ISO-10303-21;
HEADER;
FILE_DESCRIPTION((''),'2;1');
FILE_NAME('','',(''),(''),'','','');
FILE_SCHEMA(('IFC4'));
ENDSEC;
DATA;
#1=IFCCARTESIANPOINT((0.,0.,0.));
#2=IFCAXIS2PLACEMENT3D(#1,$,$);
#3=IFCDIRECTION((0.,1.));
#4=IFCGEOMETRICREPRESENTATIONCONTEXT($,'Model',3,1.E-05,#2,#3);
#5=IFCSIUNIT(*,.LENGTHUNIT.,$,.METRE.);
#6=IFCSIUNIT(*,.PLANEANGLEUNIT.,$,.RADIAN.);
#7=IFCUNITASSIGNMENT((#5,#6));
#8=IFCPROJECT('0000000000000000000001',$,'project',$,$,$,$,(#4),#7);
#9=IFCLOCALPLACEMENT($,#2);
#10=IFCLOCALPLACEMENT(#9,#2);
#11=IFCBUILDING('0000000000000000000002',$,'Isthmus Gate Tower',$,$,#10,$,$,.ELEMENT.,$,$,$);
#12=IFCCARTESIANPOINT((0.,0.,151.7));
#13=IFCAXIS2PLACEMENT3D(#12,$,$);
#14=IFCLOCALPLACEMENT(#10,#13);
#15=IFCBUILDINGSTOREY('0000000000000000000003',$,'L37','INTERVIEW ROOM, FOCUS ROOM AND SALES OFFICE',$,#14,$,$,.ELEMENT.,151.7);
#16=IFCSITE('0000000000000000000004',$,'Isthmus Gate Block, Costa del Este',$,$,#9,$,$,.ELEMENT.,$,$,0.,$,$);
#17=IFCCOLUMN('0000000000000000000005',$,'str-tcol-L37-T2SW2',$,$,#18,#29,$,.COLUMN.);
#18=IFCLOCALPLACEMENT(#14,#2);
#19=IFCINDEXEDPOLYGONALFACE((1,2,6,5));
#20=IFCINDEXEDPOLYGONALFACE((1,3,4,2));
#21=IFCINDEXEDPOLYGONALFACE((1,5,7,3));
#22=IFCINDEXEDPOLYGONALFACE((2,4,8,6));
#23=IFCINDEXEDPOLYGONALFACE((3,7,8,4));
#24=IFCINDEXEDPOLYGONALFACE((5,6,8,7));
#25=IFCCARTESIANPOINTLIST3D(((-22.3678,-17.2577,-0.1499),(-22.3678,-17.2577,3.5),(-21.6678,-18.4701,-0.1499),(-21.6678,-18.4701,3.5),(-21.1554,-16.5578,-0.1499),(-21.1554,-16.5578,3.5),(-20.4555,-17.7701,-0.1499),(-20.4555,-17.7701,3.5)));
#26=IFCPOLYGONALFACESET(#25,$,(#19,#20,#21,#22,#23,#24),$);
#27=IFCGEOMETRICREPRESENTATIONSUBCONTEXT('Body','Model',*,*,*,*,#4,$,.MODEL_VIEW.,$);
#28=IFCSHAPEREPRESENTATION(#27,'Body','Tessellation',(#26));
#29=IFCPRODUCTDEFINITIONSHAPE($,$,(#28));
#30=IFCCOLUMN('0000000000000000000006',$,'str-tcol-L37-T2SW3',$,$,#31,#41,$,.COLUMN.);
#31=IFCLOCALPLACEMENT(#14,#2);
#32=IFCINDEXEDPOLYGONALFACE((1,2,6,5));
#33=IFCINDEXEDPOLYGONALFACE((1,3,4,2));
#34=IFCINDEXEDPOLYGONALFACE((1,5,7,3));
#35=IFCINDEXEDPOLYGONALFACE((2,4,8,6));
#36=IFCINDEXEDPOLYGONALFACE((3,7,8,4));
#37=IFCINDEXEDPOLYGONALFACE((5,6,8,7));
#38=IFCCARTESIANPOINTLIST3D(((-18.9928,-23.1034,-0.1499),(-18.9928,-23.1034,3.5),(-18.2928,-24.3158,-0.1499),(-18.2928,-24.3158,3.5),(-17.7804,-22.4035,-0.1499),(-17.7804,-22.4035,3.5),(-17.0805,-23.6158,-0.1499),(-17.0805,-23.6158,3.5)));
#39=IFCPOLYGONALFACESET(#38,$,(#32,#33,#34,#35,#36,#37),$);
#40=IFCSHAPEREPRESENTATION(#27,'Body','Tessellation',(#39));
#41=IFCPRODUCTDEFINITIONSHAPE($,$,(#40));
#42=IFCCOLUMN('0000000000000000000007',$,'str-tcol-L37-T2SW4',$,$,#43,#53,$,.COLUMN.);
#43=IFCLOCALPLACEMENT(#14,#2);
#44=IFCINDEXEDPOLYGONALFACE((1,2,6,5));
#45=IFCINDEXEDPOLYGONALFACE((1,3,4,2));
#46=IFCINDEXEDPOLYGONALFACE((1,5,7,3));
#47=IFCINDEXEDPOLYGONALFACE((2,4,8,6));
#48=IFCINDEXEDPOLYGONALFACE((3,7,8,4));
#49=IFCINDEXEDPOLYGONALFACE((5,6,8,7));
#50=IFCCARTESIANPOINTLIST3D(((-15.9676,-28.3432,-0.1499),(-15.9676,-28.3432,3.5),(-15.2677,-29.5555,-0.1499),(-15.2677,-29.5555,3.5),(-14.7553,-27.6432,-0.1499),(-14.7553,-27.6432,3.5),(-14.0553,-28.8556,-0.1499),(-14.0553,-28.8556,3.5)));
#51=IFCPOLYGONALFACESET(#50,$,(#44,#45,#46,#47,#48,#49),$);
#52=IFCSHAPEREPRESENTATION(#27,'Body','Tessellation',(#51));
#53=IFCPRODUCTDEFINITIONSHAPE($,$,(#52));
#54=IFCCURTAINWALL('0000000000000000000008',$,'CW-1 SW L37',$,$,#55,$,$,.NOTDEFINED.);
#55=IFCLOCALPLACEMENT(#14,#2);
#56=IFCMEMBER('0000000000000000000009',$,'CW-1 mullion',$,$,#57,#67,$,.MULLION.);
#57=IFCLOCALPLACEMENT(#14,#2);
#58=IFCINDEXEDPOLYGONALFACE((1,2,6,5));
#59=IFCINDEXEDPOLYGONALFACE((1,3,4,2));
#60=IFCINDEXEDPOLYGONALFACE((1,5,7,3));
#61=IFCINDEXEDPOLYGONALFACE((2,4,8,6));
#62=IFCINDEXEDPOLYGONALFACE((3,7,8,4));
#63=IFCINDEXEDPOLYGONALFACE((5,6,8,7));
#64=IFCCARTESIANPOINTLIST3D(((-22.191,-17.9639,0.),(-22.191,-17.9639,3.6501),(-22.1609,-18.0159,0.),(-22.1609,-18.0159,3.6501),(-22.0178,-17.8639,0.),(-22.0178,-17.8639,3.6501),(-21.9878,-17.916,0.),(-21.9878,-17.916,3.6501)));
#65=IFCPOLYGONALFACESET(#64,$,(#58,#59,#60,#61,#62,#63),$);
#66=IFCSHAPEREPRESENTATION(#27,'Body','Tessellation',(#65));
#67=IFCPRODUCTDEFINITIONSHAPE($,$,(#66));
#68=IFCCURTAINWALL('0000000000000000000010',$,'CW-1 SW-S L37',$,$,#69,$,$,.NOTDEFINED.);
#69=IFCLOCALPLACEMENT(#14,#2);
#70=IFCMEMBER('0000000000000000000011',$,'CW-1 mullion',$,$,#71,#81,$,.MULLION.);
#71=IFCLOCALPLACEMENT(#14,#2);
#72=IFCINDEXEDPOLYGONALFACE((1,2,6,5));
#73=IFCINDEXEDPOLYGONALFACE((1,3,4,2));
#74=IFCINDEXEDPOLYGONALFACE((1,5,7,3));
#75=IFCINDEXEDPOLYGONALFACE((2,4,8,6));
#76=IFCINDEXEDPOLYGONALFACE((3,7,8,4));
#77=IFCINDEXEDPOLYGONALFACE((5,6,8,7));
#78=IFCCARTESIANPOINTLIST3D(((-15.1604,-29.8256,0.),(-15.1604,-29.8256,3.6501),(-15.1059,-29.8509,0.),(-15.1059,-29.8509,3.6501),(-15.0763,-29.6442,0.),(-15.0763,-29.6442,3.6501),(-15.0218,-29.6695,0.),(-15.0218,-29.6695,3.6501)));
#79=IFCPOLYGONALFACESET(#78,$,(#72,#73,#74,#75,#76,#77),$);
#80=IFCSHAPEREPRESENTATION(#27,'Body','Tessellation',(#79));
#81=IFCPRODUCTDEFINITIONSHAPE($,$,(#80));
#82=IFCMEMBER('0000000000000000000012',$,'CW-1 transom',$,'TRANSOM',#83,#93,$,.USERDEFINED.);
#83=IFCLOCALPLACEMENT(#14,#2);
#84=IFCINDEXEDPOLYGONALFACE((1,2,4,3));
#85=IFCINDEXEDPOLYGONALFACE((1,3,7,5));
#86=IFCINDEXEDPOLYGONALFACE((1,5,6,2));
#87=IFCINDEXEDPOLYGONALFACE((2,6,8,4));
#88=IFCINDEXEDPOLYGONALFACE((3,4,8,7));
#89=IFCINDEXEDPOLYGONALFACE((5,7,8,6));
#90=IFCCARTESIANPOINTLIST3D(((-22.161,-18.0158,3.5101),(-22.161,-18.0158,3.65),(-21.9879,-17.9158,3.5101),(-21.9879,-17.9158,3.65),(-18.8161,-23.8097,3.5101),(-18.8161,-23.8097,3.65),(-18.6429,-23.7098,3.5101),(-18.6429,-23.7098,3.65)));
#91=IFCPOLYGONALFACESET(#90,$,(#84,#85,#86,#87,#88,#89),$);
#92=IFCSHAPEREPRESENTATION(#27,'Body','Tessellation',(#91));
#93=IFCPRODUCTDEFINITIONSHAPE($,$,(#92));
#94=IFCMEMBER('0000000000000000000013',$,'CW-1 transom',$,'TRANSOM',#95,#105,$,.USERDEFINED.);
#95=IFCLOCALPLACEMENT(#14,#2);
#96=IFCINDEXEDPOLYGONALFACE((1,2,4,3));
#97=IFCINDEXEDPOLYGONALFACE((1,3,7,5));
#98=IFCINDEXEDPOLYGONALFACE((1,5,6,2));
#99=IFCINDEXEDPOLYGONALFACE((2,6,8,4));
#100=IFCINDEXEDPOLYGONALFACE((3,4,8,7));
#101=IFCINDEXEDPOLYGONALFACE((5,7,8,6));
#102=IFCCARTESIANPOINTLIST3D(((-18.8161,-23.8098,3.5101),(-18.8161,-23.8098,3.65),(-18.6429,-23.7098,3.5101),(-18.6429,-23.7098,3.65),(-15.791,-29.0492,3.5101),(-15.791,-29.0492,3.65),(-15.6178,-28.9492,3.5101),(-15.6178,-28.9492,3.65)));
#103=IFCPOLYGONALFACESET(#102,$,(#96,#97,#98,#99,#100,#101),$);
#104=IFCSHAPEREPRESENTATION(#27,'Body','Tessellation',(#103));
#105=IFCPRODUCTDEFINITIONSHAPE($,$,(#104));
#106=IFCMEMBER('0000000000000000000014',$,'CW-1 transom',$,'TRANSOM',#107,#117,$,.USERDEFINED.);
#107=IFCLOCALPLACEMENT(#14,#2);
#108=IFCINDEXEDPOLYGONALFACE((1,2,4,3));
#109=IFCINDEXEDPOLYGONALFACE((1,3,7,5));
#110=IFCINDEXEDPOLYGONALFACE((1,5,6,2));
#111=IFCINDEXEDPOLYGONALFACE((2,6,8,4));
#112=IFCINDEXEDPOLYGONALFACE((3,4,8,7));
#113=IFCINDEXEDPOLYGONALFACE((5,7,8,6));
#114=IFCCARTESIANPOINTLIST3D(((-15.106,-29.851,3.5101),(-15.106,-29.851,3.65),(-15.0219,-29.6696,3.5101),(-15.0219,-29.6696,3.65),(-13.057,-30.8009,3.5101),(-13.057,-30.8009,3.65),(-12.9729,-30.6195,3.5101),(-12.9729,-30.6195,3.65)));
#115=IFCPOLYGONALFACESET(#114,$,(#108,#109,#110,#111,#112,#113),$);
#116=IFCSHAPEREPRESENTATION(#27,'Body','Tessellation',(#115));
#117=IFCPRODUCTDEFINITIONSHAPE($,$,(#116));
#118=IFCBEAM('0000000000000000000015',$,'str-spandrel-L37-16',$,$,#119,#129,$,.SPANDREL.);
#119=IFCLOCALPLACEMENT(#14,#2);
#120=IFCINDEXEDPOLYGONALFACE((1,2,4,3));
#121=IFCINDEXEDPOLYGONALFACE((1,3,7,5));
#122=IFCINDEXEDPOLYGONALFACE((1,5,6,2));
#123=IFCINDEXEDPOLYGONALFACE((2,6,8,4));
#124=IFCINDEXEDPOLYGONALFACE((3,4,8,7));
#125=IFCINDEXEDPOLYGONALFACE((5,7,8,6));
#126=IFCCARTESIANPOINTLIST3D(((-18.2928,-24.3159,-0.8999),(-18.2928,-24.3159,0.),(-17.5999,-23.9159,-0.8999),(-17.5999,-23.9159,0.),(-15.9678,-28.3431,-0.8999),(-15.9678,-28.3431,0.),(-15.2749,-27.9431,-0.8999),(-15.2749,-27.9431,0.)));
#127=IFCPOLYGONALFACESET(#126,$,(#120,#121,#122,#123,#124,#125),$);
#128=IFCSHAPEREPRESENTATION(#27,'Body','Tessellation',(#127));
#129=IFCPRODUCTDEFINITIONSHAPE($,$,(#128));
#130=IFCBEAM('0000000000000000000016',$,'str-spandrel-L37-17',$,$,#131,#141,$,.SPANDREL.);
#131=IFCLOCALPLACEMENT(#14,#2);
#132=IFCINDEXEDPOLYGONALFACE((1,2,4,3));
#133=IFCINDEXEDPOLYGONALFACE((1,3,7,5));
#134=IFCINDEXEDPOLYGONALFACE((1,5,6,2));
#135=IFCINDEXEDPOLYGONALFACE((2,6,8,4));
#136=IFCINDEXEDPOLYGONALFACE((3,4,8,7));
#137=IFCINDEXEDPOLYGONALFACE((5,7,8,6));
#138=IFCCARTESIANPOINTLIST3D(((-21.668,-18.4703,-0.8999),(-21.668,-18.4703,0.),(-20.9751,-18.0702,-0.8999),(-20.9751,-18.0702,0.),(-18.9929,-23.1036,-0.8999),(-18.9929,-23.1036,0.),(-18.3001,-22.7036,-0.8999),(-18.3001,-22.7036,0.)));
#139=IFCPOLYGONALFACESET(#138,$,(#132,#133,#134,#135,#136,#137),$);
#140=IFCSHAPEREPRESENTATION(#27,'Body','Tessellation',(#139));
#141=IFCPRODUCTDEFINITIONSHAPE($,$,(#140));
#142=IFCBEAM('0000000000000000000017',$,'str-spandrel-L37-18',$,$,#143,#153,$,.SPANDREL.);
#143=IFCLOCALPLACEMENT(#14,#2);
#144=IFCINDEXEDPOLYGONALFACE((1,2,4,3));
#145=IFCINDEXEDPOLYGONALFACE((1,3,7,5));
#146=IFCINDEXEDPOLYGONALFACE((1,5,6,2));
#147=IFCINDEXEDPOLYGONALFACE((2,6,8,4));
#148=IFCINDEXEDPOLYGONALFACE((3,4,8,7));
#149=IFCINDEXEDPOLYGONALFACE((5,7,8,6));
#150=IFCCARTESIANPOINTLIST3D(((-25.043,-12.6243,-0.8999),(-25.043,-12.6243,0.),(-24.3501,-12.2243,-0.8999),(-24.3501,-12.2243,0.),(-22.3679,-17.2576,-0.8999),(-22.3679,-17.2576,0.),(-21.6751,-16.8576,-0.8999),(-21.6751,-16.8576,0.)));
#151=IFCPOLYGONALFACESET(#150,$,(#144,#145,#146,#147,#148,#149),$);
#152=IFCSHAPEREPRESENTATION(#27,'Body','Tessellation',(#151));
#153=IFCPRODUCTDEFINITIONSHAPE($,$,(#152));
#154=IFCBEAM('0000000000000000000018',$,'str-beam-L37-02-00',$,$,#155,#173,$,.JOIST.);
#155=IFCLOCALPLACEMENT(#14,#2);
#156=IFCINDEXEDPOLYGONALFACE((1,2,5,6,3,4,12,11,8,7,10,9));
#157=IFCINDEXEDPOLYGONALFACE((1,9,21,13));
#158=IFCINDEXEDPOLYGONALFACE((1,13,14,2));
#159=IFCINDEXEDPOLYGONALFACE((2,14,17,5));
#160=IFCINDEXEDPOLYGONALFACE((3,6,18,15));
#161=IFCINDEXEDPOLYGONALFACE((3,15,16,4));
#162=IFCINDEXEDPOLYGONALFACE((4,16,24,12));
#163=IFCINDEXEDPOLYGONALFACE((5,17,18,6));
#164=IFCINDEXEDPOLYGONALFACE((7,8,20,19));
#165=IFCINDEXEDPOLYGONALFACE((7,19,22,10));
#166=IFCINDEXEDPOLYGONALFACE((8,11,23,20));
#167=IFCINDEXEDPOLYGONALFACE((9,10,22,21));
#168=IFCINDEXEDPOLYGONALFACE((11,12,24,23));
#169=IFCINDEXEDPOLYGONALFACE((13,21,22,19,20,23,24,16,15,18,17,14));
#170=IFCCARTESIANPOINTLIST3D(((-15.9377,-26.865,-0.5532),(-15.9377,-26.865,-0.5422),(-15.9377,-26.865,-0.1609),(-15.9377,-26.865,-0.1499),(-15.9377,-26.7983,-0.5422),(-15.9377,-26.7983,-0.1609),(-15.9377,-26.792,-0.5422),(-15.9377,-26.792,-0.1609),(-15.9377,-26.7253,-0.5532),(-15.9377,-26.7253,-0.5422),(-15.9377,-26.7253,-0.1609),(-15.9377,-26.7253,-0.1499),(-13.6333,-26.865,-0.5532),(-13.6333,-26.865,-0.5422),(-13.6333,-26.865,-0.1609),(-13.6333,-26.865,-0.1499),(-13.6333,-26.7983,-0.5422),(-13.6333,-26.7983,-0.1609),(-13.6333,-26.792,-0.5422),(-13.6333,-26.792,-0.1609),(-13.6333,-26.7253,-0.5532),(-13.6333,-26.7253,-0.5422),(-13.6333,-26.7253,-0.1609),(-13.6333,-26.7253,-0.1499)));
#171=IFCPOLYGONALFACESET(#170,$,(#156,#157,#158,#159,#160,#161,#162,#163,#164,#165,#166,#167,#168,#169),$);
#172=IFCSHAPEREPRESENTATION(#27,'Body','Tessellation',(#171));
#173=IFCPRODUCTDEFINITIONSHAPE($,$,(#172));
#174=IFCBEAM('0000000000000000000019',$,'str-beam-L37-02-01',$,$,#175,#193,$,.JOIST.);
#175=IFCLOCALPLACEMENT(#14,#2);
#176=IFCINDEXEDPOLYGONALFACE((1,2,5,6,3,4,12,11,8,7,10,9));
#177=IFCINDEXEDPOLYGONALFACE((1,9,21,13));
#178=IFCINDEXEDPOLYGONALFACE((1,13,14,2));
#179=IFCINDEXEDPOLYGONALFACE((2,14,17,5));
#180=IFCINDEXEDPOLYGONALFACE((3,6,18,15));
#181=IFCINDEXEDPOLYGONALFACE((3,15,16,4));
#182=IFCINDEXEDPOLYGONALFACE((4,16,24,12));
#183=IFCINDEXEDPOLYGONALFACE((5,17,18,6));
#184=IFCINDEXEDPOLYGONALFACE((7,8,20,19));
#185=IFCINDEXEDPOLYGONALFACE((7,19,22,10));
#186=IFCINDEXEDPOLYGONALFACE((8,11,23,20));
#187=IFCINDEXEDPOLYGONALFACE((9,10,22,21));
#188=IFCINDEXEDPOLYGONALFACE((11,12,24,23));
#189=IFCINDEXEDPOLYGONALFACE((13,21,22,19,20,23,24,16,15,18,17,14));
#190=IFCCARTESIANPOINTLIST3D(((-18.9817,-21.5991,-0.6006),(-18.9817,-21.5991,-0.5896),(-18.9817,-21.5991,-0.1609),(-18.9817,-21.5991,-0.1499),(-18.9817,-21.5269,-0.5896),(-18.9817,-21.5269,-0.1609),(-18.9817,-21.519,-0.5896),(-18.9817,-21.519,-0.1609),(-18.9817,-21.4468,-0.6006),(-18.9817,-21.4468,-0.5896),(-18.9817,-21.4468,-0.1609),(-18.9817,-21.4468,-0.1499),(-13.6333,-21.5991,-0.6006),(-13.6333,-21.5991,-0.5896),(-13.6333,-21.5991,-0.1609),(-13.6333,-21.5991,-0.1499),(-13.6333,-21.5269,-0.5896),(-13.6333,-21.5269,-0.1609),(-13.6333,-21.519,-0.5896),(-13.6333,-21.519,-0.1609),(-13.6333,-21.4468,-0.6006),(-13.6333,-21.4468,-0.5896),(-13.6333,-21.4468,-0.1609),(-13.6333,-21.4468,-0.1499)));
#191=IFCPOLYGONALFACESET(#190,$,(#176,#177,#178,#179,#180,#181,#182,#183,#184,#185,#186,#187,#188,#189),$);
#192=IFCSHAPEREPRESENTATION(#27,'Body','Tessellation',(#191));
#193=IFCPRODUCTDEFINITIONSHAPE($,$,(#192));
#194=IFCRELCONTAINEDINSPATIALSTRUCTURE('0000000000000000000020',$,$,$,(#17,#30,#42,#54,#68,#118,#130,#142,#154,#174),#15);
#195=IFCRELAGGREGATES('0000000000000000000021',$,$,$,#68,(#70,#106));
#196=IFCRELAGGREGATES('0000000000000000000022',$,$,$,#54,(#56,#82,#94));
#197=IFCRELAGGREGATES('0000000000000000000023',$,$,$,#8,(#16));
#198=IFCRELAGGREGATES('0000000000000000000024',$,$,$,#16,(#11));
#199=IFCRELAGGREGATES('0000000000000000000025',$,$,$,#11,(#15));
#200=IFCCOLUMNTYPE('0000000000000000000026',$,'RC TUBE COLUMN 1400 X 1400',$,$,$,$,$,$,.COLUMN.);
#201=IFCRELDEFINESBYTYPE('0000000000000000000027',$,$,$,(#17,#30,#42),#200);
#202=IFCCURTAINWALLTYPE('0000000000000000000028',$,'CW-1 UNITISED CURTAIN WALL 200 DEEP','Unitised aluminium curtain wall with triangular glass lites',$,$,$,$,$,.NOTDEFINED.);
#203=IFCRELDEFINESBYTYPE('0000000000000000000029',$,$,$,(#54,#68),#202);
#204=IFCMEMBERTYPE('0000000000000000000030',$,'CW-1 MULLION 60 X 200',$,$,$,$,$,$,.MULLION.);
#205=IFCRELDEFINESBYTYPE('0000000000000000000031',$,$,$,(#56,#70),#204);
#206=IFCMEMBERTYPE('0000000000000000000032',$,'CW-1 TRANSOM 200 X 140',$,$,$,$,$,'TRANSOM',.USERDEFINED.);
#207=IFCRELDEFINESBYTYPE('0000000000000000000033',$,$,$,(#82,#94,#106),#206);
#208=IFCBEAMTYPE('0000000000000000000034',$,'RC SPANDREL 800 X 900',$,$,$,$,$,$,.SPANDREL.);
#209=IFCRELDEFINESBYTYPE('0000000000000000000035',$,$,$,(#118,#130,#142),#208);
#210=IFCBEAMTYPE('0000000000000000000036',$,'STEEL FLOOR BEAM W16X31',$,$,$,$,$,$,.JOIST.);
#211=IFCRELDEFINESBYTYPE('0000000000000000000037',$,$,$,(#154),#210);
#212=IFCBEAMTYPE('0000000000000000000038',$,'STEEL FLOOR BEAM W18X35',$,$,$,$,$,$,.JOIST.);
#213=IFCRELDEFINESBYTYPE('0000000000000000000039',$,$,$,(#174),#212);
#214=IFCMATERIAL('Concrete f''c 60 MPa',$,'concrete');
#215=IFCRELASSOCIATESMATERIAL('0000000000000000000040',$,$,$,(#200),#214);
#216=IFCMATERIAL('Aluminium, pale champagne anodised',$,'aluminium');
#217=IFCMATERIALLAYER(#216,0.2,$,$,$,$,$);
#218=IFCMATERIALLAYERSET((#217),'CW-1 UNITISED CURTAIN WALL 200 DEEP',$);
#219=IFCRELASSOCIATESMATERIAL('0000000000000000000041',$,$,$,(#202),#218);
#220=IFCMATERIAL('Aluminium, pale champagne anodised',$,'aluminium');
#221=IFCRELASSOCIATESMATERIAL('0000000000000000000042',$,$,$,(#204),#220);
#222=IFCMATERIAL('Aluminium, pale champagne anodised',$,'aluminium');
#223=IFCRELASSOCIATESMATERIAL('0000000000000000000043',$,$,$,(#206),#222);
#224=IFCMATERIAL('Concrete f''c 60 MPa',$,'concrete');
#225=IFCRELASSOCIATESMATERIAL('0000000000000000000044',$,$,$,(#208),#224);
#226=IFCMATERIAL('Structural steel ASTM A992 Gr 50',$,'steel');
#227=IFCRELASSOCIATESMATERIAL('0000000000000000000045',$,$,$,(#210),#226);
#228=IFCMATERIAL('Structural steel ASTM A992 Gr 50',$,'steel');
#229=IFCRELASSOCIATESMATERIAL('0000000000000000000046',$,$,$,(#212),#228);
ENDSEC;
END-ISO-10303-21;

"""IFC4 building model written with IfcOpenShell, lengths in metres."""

from ifc_helpers import new_model, si_unit, direction, frame, origin, origin_2d, place, context, subcontext, project, spatial, rectangle, i_section, extrude, material, layer, layer_set, material_profile, profile_set, type_object, element, aggregate, save


model = new_model("IFC4")

# Units and contexts
model_context = context("Model", 3, precision=1e-05, world=origin(), true_north=direction((0.0, 1.0)))
body_context = subcontext(model_context, "Body", "Model", "MODEL_VIEW")
ifc_project = project(units=[si_unit("LENGTHUNIT", "METRE"), si_unit("PLANEANGLEUNIT", "RADIAN")], contexts=[model_context])

# Site, building, storey
site_placement = place(None, origin())
site = spatial("IfcSite", under=ifc_project, at=site_placement, Name="Isthmus Gate Block, Costa del Este", CompositionType="ELEMENT", RefElevation=0.0)
building_placement = place(site_placement, origin())
building = spatial("IfcBuilding", under=site, at=building_placement, Name="Isthmus Gate Tower", CompositionType="ELEMENT")
storey_placement = place(building_placement, frame((0.0, 0.0, 151.7)))
storey = spatial("IfcBuildingStorey", under=building, at=storey_placement, Name="L37", Description="INTERVIEW ROOM, FOCUS ROOM AND SALES OFFICE", CompositionType="ELEMENT", Elevation=151.7)

# Columns
ifc_material_1 = material(Name="Concrete f'c 60 MPa", Category="concrete")
ifc_material_profile_1 = material_profile(ifc_material_1, rectangle(XDim=1.3999, YDim=1.3999, at=origin_2d()), Name="RC 1400X1400")
ifc_profile_set_1 = profile_set([ifc_material_profile_1], Name="Concrete f'c 60 MPa")
column_type = type_object("IfcColumnType", Name="RC TUBE COLUMN 1400 X 1400", PredefinedType="COLUMN", material=ifc_profile_set_1)
for number, where, z_axis, x_axis, name in (
    (1, (-21.4116, -17.5139, -0.1499), (0.0, 0.0, 1.0), (0.5, -0.866025, 0.0), "str-tcol-L37-T2SW2"),
    (2, (-18.0366, -23.3596, -0.1499), (0.0, 0.0, 1.0), (0.5, -0.866025, 0.0), "str-tcol-L37-T2SW3"),
    (3, (-15.0115, -28.5994, -0.1499), (0.0, 0.0, 1.0), (0.5, -0.866025, 0.0), "str-tcol-L37-T2SW4"),
):
    element("IfcColumn", number, at=place(storey_placement, frame(where, z_axis=z_axis, x_axis=x_axis)), inside=storey, type_object=column_type, Name=name, PredefinedType="COLUMN", context=body_context, shape_type="SweptSolid", body=[
        extrude(rectangle(XDim=1.3999, YDim=1.3999, at=origin_2d()), origin(), (0.0, 0.0, 1.0), 3.6499),
    ])

# Curtain walls, members
ifc_material_2 = material(Name="Aluminium, pale champagne anodised", Category="aluminium")
ifc_layer_1 = layer(ifc_material_2, 0.2)
ifc_layer_set_1 = layer_set([ifc_layer_1], Name="CW-1 UNITISED CURTAIN WALL 200 DEEP")
curtain_wall_type = type_object("IfcCurtainWallType", Name="CW-1 UNITISED CURTAIN WALL 200 DEEP", Description="Unitised aluminium curtain wall with triangular glass lites", PredefinedType="NOTDEFINED", material=ifc_layer_set_1)
curtain_wall_1_placement = place(storey_placement, origin())
curtain_wall_1 = element("IfcCurtainWall", 4, at=curtain_wall_1_placement, inside=storey, type_object=curtain_wall_type, Name="CW-1 SW L37", PredefinedType="NOTDEFINED")
ifc_material_3 = material(Name="Aluminium, pale champagne anodised", Category="aluminium")
ifc_material_profile_2 = material_profile(ifc_material_3, rectangle(XDim=0.0601, YDim=0.2, at=origin_2d()), Name="60x200")
ifc_profile_set_2 = profile_set([ifc_material_profile_2], Name="Aluminium, pale champagne anodised")
member_type_1 = type_object("IfcMemberType", Name="CW-1 MULLION 60 X 200", PredefinedType="MULLION", material=ifc_profile_set_2)
member_1_placement = place(storey_placement, frame((-22.0894, -17.9399, 0.0), z_axis=(0.0, 0.0, 1.0), x_axis=(0.5, -0.866025, 0.0)))
member_1 = element("IfcMember", 5, at=member_1_placement, type_object=member_type_1, Name="CW-1 mullion", PredefinedType="MULLION", context=body_context, shape_type="SweptSolid", body=[
    extrude(rectangle(XDim=0.0601, YDim=0.2, at=origin_2d()), origin(), (0.0, 0.0, 1.0), 3.6501),
])
curtain_wall_2_placement = place(storey_placement, origin())
curtain_wall_2 = element("IfcCurtainWall", 6, at=curtain_wall_2_placement, inside=storey, type_object=curtain_wall_type, Name="CW-1 SW-S L37", PredefinedType="NOTDEFINED")
member_2_placement = place(storey_placement, frame((-15.0911, -29.7476, 0.0), z_axis=(0.0, 0.0, 1.0), x_axis=(0.907256, -0.420578, 0.0)))
member_2 = element("IfcMember", 7, at=member_2_placement, type_object=member_type_1, Name="CW-1 mullion", PredefinedType="MULLION", context=body_context, shape_type="SweptSolid", body=[
    extrude(rectangle(XDim=0.0601, YDim=0.2, at=origin_2d()), origin(), (0.0, 0.0, 1.0), 3.6501),
])

# Members
ifc_material_4 = material(Name="Aluminium, pale champagne anodised", Category="aluminium")
ifc_material_profile_3 = material_profile(ifc_material_4, rectangle(XDim=0.2, YDim=0.1399, at=origin_2d()), Name="200x140")
ifc_profile_set_3 = profile_set([ifc_material_profile_3], Name="Aluminium, pale champagne anodised")
member_type_2 = type_object("IfcMemberType", Name="CW-1 TRANSOM 200 X 140", ElementType="TRANSOM", PredefinedType="USERDEFINED", material=ifc_profile_set_3)
member_3_placement = place(storey_placement, frame((-22.0745, -17.9658, 3.5801), z_axis=(0.499981, -0.866036, 0.0), x_axis=(0.866036, 0.499981, 0.0)))
member_3 = element("IfcMember", 8, at=member_3_placement, type_object=member_type_2, Name="CW-1 transom", ObjectType="TRANSOM", PredefinedType="USERDEFINED", context=body_context, shape_type="SweptSolid", body=[
    extrude(rectangle(XDim=0.2, YDim=0.1399, at=origin_2d()), origin(), (0.0, 0.0, 1.0), 6.6902),
])
member_4_placement = place(storey_placement, frame((-18.7295, -23.7598, 3.5801), z_axis=(0.500015, -0.866017, 0.0), x_axis=(0.866017, 0.500015, 0.0)))
member_4 = element("IfcMember", 9, at=member_4_placement, type_object=member_type_2, Name="CW-1 transom", ObjectType="TRANSOM", PredefinedType="USERDEFINED", context=body_context, shape_type="SweptSolid", body=[
    extrude(rectangle(XDim=0.2, YDim=0.1399, at=origin_2d()), origin(), (0.0, 0.0, 1.0), 6.05),
])
member_5_placement = place(storey_placement, frame((-15.064, -29.7603, 3.5801), z_axis=(0.907246, -0.4206, 0.0), x_axis=(0.4206, 0.907246, 0.0)))
member_5 = element("IfcMember", 10, at=member_5_placement, type_object=member_type_2, Name="CW-1 transom", ObjectType="TRANSOM", PredefinedType="USERDEFINED", context=body_context, shape_type="SweptSolid", body=[
    extrude(rectangle(XDim=0.2, YDim=0.1399, at=origin_2d()), origin(), (0.0, 0.0, 1.0), 2.2585),
])
aggregate(curtain_wall_2, [member_2, member_5])

# Beams
ifc_material_5 = material(Name="Concrete f'c 60 MPa", Category="concrete")
ifc_material_profile_4 = material_profile(ifc_material_5, rectangle(XDim=0.8, YDim=0.8999, at=origin_2d()), Name="RC 800X900")
ifc_profile_set_4 = profile_set([ifc_material_profile_4], Name="Concrete f'c 60 MPa")
beam_type_1 = type_object("IfcBeamType", Name="RC SPANDREL 800 X 900", PredefinedType="SPANDREL", material=ifc_profile_set_4)
beam_1_placement = place(storey_placement, frame((-15.6213, -28.1431, -0.45), z_axis=(-0.499985, 0.866034, 0.0), x_axis=(-0.866034, -0.499985, 0.0)))
element("IfcBeam", 11, at=beam_1_placement, inside=storey, type_object=beam_type_1, Name="str-spandrel-L37-16", PredefinedType="SPANDREL", context=body_context, shape_type="SweptSolid", body=[
    extrude(rectangle(XDim=0.8, YDim=0.8999, at=origin_2d()), origin(), (0.0, 0.0, 1.0), 4.6501),
])
for number, where, z_axis, x_axis, name in (
    (12, (-18.6465, -22.9036, -0.45), (-0.500002, 0.866024, 0.0), (-0.866024, -0.500002, 0.0), "str-spandrel-L37-17"),
    (13, (-22.0215, -17.0576, -0.45), (-0.500002, 0.866024, 0.0), (-0.866024, -0.500002, 0.0), "str-spandrel-L37-18"),
):
    element("IfcBeam", number, at=place(storey_placement, frame(where, z_axis=z_axis, x_axis=x_axis)), inside=storey, type_object=beam_type_1, Name=name, PredefinedType="SPANDREL", context=body_context, shape_type="SweptSolid", body=[
        extrude(rectangle(XDim=0.8, YDim=0.8999, at=origin_2d()), origin(), (0.0, 0.0, 1.0), 5.3501),
    ])
ifc_material_6 = material(Name="Structural steel ASTM A992 Gr 50", Category="steel")
ifc_material_profile_5 = material_profile(ifc_material_6, i_section(OverallWidth=0.1396, OverallDepth=0.4033, WebThickness=0.0063, FlangeThickness=0.011, at=origin_2d()), Name="W16X31")
ifc_profile_set_5 = profile_set([ifc_material_profile_5], Name="Structural steel ASTM A992 Gr 50")
beam_type_2 = type_object("IfcBeamType", Name="STEEL FLOOR BEAM W16X31", PredefinedType="JOIST", material=ifc_profile_set_5)
beam_2_placement = place(storey_placement, frame((-15.9377, -26.7952, -0.3516), z_axis=(1.0, 0.0, 0.0), x_axis=(0.0, 1.0, 0.0)))
element("IfcBeam", 14, at=beam_2_placement, inside=storey, type_object=beam_type_2, Name="str-beam-L37-02-00", PredefinedType="JOIST", context=body_context, shape_type="SweptSolid", body=[
    extrude(i_section(OverallWidth=0.1396, OverallDepth=0.4033, WebThickness=0.0063, FlangeThickness=0.011, at=origin_2d()), origin(), (0.0, 0.0, 1.0), 2.3044),
])
ifc_material_7 = material(Name="Structural steel ASTM A992 Gr 50", Category="steel")
ifc_material_profile_6 = material_profile(ifc_material_7, i_section(OverallWidth=0.1523, OverallDepth=0.4507, WebThickness=0.0078, FlangeThickness=0.011, at=origin_2d()), Name="W18X35")
ifc_profile_set_6 = profile_set([ifc_material_profile_6], Name="Structural steel ASTM A992 Gr 50")
beam_type_3 = type_object("IfcBeamType", Name="STEEL FLOOR BEAM W18X35", PredefinedType="JOIST", material=ifc_profile_set_6)
beam_3_placement = place(storey_placement, frame((-18.9817, -21.5229, -0.3752), z_axis=(1.0, 0.0, 0.0), x_axis=(0.0, 1.0, 0.0)))
element("IfcBeam", 15, at=beam_3_placement, inside=storey, type_object=beam_type_3, Name="str-beam-L37-02-01", PredefinedType="JOIST", context=body_context, shape_type="SweptSolid", body=[
    extrude(i_section(OverallWidth=0.1523, OverallDepth=0.4507, WebThickness=0.0078, FlangeThickness=0.011, at=origin_2d()), origin(), (0.0, 0.0, 1.0), 5.3484),
])

aggregate(curtain_wall_1, [member_1, member_3, member_4])

save(model, "model.ifc")
